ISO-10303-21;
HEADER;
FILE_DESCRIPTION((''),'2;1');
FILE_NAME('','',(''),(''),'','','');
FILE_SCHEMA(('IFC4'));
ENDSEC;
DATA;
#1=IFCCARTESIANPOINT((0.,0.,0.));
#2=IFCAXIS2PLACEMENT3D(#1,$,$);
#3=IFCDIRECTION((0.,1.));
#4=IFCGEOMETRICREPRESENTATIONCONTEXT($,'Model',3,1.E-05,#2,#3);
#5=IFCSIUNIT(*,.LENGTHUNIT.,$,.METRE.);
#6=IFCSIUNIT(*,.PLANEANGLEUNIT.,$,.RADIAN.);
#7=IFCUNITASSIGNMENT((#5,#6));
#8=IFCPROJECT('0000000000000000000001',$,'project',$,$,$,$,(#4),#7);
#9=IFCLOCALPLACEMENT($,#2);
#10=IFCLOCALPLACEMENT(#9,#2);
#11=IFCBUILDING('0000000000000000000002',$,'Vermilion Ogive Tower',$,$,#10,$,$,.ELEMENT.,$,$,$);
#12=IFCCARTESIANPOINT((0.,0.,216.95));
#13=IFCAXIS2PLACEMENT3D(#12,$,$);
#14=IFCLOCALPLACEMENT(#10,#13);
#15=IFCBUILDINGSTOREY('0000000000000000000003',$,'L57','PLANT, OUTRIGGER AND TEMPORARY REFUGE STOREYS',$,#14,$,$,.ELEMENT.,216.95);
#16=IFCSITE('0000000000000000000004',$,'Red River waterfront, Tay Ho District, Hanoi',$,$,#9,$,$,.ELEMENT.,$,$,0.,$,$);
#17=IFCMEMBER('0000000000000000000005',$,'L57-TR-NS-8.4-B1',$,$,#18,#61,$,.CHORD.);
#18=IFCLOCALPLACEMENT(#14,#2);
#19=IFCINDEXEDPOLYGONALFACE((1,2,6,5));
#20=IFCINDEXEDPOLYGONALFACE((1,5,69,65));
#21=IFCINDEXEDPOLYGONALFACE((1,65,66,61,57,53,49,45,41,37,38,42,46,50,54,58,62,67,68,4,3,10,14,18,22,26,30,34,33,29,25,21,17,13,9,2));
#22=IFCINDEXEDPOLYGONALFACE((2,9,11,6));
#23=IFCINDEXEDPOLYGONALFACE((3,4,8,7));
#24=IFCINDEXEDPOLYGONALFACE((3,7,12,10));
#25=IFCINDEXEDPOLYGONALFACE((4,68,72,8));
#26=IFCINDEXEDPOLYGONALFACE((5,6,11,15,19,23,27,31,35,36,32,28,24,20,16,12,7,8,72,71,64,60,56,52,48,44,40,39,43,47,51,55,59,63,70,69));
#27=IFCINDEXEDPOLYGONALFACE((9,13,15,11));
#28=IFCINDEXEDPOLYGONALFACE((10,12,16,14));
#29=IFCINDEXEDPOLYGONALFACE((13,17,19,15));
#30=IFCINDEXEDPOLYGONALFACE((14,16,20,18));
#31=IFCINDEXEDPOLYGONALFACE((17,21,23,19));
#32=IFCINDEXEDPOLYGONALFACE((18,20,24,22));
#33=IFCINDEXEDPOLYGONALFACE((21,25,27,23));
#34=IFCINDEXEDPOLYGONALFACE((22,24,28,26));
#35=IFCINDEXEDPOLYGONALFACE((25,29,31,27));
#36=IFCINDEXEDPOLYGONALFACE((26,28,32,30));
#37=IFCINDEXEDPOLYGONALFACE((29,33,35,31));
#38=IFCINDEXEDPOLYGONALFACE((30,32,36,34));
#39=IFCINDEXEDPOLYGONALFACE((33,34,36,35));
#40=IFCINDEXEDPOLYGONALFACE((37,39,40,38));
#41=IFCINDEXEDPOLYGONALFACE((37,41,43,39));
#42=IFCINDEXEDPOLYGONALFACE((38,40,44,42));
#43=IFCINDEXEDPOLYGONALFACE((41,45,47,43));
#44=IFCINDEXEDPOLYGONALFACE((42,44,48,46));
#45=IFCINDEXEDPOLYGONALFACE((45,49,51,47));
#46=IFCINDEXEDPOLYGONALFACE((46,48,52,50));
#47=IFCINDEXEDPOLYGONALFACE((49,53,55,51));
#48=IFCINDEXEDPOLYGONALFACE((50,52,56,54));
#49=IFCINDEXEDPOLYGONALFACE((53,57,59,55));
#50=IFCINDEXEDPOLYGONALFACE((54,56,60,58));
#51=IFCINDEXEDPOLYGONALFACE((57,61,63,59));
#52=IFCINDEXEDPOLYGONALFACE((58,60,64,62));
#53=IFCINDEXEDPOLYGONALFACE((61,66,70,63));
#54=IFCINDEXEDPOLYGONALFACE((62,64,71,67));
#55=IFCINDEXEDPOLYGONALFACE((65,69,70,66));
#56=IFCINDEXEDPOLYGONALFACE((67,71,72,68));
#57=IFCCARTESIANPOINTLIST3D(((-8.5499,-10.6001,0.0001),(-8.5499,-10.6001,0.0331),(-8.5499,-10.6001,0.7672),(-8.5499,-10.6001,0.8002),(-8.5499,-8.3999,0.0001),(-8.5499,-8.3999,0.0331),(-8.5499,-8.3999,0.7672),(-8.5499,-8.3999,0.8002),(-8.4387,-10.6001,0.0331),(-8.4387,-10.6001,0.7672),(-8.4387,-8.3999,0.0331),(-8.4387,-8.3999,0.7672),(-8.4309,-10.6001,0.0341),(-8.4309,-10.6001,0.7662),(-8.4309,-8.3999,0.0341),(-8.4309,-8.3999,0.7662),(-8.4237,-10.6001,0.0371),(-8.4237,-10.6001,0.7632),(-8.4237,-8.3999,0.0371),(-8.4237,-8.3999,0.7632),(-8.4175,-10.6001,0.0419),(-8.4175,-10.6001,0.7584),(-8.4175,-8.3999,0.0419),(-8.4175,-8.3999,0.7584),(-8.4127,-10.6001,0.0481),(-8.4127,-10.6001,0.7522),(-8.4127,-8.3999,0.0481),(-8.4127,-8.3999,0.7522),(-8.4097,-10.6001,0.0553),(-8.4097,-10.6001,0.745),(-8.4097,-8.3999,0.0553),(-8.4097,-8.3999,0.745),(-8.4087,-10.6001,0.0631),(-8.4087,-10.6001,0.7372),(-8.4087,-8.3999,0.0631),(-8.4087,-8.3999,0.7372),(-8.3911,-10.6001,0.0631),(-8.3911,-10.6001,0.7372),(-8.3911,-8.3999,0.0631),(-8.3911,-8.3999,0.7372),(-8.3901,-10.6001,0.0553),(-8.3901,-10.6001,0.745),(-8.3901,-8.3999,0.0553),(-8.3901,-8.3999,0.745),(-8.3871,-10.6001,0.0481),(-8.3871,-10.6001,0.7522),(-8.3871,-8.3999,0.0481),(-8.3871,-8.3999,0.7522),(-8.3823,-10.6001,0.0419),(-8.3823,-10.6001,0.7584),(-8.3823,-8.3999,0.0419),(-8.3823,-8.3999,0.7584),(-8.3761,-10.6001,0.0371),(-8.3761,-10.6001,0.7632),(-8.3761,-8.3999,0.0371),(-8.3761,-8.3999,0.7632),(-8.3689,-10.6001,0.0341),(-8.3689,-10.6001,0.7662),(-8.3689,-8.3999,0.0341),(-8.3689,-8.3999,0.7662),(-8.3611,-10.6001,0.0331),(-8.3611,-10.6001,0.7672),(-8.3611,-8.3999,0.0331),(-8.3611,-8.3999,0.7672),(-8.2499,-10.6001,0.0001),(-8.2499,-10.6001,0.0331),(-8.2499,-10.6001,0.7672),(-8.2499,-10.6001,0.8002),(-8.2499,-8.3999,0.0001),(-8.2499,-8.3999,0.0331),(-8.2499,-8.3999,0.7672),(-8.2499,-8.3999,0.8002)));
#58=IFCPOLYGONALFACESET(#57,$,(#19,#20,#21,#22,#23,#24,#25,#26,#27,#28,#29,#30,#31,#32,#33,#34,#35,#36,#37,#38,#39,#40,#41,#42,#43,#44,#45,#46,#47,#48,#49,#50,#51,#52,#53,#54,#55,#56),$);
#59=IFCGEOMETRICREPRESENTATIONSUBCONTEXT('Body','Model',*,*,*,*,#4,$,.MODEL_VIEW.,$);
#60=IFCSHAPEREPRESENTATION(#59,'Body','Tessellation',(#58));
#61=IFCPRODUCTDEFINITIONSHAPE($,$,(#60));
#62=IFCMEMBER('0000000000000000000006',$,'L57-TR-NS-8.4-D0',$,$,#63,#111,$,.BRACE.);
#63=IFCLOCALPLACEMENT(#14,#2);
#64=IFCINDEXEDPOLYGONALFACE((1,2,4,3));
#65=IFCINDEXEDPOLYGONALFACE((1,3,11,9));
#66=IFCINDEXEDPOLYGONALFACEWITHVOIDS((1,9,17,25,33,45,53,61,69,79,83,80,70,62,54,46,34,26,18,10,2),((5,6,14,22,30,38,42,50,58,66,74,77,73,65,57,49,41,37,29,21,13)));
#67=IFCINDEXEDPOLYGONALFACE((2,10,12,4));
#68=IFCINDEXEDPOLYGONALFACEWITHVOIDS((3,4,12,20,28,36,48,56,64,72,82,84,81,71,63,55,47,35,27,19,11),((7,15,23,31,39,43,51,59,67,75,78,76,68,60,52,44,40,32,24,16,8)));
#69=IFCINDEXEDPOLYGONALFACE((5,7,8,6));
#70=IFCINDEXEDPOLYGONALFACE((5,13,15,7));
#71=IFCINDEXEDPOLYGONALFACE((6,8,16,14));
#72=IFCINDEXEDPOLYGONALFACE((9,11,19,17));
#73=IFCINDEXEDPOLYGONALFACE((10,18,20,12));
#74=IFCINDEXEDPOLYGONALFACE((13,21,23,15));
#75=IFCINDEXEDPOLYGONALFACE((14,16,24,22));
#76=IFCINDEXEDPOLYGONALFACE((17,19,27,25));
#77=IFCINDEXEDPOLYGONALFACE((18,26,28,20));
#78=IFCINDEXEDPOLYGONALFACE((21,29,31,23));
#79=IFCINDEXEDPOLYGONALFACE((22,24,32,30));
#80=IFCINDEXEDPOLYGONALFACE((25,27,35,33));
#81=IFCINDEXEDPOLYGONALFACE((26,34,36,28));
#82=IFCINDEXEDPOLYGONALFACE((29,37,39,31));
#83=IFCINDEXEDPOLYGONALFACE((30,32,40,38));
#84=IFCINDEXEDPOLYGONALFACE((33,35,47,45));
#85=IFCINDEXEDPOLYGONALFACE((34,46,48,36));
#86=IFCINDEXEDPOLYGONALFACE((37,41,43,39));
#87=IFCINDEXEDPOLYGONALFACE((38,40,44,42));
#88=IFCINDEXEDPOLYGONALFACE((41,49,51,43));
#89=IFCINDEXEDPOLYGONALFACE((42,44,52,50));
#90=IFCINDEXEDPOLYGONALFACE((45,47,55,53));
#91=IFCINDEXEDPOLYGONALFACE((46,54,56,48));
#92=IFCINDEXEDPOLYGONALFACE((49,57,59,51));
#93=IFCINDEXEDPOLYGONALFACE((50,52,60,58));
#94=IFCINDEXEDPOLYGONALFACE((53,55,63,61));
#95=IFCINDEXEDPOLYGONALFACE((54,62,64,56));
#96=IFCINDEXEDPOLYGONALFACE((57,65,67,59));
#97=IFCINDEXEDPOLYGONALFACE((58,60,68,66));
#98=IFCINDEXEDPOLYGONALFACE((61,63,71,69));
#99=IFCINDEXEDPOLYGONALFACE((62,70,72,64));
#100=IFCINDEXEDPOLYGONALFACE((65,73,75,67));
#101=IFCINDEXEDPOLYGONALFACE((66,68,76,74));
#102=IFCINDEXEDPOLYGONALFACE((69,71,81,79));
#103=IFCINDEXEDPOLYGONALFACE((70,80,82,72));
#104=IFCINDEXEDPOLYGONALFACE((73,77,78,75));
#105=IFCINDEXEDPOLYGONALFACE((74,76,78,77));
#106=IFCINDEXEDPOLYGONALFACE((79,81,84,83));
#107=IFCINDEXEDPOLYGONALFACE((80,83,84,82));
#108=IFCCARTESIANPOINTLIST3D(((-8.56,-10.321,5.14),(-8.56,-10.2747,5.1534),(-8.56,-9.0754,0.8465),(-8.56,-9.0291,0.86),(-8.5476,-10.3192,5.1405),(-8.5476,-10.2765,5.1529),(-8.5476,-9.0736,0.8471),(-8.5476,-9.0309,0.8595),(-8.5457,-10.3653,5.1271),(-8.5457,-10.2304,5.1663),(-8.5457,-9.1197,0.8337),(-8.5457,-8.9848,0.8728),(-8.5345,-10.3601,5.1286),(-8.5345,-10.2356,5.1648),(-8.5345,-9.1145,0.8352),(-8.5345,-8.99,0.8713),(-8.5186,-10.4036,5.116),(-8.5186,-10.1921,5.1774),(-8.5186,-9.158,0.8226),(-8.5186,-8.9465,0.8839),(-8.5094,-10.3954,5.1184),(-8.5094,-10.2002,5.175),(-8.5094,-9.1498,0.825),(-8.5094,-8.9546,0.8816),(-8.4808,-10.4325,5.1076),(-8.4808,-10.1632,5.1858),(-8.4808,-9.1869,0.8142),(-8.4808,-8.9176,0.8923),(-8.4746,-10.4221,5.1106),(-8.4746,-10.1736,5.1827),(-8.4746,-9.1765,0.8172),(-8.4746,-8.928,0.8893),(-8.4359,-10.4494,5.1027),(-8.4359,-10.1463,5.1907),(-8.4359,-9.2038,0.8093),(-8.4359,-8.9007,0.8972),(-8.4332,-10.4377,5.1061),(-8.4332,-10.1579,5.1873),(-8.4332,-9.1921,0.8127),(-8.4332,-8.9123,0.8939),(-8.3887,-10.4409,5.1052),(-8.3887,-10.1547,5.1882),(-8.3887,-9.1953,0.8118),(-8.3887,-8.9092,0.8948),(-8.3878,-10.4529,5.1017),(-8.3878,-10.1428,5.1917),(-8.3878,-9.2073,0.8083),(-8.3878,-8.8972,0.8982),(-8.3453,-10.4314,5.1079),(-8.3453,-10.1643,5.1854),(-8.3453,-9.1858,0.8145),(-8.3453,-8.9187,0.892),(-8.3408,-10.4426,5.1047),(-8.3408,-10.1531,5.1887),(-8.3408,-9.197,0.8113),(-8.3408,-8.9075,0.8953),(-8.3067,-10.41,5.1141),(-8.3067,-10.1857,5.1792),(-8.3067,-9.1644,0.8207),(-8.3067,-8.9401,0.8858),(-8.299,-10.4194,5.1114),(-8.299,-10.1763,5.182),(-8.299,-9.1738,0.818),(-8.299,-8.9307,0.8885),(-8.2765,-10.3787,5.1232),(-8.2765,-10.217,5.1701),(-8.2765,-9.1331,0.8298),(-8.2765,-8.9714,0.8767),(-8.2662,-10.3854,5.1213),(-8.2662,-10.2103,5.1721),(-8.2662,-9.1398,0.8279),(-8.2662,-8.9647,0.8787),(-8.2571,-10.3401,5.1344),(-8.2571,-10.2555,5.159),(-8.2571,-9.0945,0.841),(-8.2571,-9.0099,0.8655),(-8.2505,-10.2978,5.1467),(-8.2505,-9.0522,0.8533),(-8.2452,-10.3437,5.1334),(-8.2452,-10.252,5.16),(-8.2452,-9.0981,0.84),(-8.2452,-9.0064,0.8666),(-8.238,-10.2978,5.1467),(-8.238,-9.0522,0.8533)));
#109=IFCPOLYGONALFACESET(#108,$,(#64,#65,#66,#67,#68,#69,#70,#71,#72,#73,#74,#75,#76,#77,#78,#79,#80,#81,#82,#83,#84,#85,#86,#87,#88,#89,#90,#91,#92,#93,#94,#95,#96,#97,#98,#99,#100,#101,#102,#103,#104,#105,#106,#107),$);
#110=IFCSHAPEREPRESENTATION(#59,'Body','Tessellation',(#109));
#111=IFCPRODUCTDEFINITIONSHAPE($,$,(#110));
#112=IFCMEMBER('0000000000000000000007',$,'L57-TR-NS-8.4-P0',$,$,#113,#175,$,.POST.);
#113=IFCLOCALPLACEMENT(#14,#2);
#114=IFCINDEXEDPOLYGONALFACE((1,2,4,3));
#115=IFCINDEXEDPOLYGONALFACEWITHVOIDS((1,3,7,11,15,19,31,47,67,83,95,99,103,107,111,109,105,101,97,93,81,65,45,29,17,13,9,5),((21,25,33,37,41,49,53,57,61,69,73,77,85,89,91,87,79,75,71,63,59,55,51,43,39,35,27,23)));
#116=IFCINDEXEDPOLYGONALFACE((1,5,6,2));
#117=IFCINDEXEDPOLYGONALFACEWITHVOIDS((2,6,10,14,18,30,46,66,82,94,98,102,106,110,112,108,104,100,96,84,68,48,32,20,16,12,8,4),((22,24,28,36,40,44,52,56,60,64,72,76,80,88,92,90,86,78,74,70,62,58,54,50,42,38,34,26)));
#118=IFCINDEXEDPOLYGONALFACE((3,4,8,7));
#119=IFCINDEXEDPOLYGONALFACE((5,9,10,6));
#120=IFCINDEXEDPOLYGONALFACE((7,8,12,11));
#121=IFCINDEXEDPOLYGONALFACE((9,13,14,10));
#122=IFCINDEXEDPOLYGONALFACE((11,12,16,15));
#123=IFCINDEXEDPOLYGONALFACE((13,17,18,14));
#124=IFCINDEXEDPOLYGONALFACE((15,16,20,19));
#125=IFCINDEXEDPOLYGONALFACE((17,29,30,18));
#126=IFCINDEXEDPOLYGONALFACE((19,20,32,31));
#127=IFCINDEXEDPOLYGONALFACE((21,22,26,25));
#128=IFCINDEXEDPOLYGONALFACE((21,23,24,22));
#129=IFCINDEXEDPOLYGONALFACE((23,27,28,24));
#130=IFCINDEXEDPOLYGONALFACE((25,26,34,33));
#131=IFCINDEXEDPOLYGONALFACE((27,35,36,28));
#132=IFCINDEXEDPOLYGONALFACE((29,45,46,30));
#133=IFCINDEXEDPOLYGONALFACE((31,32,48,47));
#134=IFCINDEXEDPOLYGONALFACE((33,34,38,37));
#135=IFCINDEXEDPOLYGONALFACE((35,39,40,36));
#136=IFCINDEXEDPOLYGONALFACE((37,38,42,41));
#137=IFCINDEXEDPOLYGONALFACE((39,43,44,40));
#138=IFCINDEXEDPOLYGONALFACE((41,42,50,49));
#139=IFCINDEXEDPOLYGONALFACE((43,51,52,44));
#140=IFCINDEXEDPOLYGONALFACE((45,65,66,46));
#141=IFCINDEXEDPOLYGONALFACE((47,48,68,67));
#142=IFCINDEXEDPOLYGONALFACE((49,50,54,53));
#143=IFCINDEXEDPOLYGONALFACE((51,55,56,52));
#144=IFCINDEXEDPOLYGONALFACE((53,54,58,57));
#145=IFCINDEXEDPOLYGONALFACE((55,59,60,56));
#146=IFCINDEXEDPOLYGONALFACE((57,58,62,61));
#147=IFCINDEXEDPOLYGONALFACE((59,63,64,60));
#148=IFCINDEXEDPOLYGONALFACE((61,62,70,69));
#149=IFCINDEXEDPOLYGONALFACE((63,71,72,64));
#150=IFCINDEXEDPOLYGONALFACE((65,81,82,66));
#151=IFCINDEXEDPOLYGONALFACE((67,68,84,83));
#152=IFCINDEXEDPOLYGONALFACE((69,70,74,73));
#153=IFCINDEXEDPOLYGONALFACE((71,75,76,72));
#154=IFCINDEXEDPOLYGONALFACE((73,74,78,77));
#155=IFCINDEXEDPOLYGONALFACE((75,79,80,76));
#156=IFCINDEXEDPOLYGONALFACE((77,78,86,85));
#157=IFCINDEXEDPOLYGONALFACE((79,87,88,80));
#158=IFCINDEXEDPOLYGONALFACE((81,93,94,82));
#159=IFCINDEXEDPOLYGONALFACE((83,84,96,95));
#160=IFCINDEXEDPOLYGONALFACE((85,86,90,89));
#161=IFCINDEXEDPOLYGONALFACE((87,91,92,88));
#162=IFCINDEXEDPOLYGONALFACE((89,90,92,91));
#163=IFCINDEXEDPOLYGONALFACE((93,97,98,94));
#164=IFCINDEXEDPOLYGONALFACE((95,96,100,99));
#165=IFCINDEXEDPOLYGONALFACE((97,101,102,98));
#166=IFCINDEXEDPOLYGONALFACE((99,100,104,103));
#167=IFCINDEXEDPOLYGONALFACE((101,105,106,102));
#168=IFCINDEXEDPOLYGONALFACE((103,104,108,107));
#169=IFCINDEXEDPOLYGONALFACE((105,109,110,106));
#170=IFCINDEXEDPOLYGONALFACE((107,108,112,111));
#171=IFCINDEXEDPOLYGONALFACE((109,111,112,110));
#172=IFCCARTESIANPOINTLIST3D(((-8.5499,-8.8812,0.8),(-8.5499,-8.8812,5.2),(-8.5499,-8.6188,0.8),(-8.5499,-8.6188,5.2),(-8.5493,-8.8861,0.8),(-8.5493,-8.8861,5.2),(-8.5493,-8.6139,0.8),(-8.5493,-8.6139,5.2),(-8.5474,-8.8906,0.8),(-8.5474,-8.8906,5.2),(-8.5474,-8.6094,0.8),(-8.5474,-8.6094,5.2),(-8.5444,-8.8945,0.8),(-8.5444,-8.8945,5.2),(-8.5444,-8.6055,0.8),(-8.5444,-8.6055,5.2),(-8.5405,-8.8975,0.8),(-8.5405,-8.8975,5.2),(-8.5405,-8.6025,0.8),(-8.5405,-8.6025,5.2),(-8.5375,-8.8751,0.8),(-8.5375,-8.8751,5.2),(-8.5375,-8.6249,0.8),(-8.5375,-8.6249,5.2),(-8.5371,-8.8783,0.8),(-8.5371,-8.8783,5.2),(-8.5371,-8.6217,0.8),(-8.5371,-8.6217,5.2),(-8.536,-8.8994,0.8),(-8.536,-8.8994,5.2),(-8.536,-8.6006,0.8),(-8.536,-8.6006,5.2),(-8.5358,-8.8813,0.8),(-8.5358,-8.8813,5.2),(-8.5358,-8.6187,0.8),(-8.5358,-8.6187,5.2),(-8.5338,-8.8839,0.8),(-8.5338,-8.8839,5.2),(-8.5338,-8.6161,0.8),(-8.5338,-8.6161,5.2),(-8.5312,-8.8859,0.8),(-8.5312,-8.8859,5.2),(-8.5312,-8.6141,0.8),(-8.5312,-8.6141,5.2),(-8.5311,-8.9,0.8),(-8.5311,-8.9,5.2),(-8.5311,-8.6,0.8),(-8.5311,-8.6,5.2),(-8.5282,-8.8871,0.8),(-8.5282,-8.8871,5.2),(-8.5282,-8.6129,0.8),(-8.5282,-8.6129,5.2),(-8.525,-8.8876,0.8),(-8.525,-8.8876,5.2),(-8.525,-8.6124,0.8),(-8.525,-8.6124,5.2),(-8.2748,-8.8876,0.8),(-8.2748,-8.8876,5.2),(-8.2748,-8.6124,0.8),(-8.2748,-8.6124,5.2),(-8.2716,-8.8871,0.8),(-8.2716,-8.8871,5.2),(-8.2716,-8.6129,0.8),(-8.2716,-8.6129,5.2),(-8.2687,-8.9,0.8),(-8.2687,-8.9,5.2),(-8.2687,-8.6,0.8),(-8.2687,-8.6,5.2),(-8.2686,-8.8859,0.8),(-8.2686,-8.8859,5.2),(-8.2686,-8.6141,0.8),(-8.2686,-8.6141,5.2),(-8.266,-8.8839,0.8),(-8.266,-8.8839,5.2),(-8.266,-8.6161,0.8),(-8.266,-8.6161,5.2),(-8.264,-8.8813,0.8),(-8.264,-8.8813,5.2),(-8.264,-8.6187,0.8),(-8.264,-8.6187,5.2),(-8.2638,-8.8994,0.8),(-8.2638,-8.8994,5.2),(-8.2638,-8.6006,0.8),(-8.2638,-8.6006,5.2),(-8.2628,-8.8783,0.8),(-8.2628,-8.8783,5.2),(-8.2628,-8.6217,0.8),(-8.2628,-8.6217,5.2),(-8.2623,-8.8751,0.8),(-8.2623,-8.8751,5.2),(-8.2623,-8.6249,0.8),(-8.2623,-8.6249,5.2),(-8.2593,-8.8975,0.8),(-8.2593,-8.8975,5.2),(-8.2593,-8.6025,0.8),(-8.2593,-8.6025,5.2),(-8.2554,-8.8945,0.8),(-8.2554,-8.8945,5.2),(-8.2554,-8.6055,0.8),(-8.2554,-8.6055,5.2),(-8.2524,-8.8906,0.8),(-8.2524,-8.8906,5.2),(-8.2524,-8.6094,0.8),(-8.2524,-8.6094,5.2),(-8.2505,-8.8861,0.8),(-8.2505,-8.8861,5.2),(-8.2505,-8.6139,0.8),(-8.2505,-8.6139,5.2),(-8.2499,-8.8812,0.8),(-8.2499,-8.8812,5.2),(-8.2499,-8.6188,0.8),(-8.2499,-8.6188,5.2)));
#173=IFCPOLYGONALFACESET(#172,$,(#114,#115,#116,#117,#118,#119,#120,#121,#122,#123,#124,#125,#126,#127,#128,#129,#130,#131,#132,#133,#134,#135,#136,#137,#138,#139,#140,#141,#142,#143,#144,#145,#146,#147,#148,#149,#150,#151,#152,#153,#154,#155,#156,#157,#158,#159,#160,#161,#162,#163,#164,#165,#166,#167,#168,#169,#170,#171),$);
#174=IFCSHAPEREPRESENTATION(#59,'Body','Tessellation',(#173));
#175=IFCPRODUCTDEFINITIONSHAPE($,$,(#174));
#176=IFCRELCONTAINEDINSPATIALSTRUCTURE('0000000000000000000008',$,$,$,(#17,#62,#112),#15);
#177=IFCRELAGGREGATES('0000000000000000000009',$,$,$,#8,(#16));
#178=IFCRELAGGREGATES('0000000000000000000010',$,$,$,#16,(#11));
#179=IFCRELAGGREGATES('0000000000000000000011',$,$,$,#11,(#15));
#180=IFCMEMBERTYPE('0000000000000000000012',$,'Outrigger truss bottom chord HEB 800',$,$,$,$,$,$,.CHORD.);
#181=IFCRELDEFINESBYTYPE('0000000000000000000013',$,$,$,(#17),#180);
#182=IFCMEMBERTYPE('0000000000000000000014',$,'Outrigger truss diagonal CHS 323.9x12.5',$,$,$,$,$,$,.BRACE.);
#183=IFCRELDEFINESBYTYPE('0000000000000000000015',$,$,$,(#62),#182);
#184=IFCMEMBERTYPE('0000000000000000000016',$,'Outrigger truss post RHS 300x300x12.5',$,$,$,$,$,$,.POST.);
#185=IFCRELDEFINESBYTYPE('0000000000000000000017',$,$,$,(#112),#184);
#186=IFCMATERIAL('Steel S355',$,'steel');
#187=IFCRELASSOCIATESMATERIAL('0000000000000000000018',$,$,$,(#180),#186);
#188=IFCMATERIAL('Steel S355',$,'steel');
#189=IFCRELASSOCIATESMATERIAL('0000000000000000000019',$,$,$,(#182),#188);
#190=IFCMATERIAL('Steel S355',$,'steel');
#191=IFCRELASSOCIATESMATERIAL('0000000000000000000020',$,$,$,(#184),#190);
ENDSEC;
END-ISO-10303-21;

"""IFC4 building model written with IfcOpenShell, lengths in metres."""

from ifc_helpers import new_model, si_unit, direction, frame, origin, origin_2d, place, context, subcontext, project, spatial, hollow_rectangle, hollow_circle, i_section, extrude, material, material_profile, profile_set, type_object, element, save


model = new_model("IFC4")

# Units and contexts
model_context = context("Model", 3, precision=1e-05, world=origin(), true_north=direction((0.0, 1.0)))
body_context = subcontext(model_context, "Body", "Model", "MODEL_VIEW")
ifc_project = project(units=[si_unit("LENGTHUNIT", "METRE"), si_unit("PLANEANGLEUNIT", "RADIAN")], contexts=[model_context])

# Site, building, storey
site_placement = place(None, origin())
site = spatial("IfcSite", under=ifc_project, at=site_placement, Name="Red River waterfront, Tay Ho District, Hanoi", CompositionType="ELEMENT", RefElevation=0.0)
building_placement = place(site_placement, origin())
building = spatial("IfcBuilding", under=site, at=building_placement, Name="Vermilion Ogive Tower", CompositionType="ELEMENT")
storey_placement = place(building_placement, frame((0.0, 0.0, 216.95)))
storey = spatial("IfcBuildingStorey", under=building, at=storey_placement, Name="L57", Description="PLANT, OUTRIGGER AND TEMPORARY REFUGE STOREYS", CompositionType="ELEMENT", Elevation=216.95)

# Members
ifc_material_1 = material(Name="Steel S355", Category="steel")
ifc_material_profile_1 = material_profile(ifc_material_1, i_section(OverallWidth=0.3, OverallDepth=0.8, WebThickness=0.0176, FlangeThickness=0.033, FilletRadius=0.03, at=origin_2d()), Name="HEB 800")
ifc_profile_set_1 = profile_set([ifc_material_profile_1], Name="Steel S355")
member_type_1 = type_object("IfcMemberType", Name="Outrigger truss bottom chord HEB 800", PredefinedType="CHORD", material=ifc_profile_set_1)
member_1_placement = place(storey_placement, frame((-8.3999, -8.3999, 0.4001), z_axis=(0.0, -1.0, 0.0), x_axis=(1.0, 0.0, 0.0)))
element("IfcMember", 1, at=member_1_placement, inside=storey, type_object=member_type_1, Name="L57-TR-NS-8.4-B1", PredefinedType="CHORD", context=body_context, shape_type="SweptSolid", body=[
    extrude(i_section(OverallWidth=0.3, OverallDepth=0.8, WebThickness=0.0176, FlangeThickness=0.033, FilletRadius=0.03, at=origin_2d()), origin(), (0.0, 0.0, 1.0), 2.2002),
])
ifc_material_2 = material(Name="Steel S355", Category="steel")
ifc_material_profile_2 = material_profile(ifc_material_2, hollow_circle(Radius=0.1619, WallThickness=0.0125, at=origin_2d()), Name="CHS 323.9x12.5")
ifc_profile_set_2 = profile_set([ifc_material_profile_2], Name="Steel S355")
member_type_2 = type_object("IfcMemberType", Name="Outrigger truss diagonal CHS 323.9x12.5", PredefinedType="BRACE", material=ifc_profile_set_2)
member_2_placement = place(storey_placement, frame((-8.3999, -9.0522, 0.8533), z_axis=(0.0, -0.278628, 0.960399), x_axis=(1.0, 0.0, 0.0)))
element("IfcMember", 2, at=member_2_placement, inside=storey, type_object=member_type_2, Name="L57-TR-NS-8.4-D0", PredefinedType="BRACE", context=body_context, shape_type="SweptSolid", body=[
    extrude(hollow_circle(Radius=0.1619, WallThickness=0.0125, at=origin_2d()), origin(), (0.0, 0.0, 1.0), 4.4705),
])
ifc_material_3 = material(Name="Steel S355", Category="steel")
ifc_material_profile_3 = material_profile(ifc_material_3, hollow_rectangle(XDim=0.3, YDim=0.3, WallThickness=0.0125, InnerFilletRadius=0.0125, OuterFilletRadius=0.0188, at=origin_2d()), Name="RHS 300x300x12.5")
ifc_profile_set_3 = profile_set([ifc_material_profile_3], Name="Steel S355")
member_type_3 = type_object("IfcMemberType", Name="Outrigger truss post RHS 300x300x12.5", PredefinedType="POST", material=ifc_profile_set_3)
member_3_placement = place(storey_placement, frame((-8.3999, -8.75, 0.8), z_axis=(0.0, 0.0, 1.0), x_axis=(1.0, 0.0, 0.0)))
element("IfcMember", 3, at=member_3_placement, inside=storey, type_object=member_type_3, Name="L57-TR-NS-8.4-P0", PredefinedType="POST", context=body_context, shape_type="SweptSolid", body=[
    extrude(hollow_rectangle(XDim=0.3, YDim=0.3, WallThickness=0.0125, InnerFilletRadius=0.0125, OuterFilletRadius=0.0188, at=origin_2d()), origin(), (0.0, 0.0, 1.0), 4.3999),
])

save(model, "model.ifc")
